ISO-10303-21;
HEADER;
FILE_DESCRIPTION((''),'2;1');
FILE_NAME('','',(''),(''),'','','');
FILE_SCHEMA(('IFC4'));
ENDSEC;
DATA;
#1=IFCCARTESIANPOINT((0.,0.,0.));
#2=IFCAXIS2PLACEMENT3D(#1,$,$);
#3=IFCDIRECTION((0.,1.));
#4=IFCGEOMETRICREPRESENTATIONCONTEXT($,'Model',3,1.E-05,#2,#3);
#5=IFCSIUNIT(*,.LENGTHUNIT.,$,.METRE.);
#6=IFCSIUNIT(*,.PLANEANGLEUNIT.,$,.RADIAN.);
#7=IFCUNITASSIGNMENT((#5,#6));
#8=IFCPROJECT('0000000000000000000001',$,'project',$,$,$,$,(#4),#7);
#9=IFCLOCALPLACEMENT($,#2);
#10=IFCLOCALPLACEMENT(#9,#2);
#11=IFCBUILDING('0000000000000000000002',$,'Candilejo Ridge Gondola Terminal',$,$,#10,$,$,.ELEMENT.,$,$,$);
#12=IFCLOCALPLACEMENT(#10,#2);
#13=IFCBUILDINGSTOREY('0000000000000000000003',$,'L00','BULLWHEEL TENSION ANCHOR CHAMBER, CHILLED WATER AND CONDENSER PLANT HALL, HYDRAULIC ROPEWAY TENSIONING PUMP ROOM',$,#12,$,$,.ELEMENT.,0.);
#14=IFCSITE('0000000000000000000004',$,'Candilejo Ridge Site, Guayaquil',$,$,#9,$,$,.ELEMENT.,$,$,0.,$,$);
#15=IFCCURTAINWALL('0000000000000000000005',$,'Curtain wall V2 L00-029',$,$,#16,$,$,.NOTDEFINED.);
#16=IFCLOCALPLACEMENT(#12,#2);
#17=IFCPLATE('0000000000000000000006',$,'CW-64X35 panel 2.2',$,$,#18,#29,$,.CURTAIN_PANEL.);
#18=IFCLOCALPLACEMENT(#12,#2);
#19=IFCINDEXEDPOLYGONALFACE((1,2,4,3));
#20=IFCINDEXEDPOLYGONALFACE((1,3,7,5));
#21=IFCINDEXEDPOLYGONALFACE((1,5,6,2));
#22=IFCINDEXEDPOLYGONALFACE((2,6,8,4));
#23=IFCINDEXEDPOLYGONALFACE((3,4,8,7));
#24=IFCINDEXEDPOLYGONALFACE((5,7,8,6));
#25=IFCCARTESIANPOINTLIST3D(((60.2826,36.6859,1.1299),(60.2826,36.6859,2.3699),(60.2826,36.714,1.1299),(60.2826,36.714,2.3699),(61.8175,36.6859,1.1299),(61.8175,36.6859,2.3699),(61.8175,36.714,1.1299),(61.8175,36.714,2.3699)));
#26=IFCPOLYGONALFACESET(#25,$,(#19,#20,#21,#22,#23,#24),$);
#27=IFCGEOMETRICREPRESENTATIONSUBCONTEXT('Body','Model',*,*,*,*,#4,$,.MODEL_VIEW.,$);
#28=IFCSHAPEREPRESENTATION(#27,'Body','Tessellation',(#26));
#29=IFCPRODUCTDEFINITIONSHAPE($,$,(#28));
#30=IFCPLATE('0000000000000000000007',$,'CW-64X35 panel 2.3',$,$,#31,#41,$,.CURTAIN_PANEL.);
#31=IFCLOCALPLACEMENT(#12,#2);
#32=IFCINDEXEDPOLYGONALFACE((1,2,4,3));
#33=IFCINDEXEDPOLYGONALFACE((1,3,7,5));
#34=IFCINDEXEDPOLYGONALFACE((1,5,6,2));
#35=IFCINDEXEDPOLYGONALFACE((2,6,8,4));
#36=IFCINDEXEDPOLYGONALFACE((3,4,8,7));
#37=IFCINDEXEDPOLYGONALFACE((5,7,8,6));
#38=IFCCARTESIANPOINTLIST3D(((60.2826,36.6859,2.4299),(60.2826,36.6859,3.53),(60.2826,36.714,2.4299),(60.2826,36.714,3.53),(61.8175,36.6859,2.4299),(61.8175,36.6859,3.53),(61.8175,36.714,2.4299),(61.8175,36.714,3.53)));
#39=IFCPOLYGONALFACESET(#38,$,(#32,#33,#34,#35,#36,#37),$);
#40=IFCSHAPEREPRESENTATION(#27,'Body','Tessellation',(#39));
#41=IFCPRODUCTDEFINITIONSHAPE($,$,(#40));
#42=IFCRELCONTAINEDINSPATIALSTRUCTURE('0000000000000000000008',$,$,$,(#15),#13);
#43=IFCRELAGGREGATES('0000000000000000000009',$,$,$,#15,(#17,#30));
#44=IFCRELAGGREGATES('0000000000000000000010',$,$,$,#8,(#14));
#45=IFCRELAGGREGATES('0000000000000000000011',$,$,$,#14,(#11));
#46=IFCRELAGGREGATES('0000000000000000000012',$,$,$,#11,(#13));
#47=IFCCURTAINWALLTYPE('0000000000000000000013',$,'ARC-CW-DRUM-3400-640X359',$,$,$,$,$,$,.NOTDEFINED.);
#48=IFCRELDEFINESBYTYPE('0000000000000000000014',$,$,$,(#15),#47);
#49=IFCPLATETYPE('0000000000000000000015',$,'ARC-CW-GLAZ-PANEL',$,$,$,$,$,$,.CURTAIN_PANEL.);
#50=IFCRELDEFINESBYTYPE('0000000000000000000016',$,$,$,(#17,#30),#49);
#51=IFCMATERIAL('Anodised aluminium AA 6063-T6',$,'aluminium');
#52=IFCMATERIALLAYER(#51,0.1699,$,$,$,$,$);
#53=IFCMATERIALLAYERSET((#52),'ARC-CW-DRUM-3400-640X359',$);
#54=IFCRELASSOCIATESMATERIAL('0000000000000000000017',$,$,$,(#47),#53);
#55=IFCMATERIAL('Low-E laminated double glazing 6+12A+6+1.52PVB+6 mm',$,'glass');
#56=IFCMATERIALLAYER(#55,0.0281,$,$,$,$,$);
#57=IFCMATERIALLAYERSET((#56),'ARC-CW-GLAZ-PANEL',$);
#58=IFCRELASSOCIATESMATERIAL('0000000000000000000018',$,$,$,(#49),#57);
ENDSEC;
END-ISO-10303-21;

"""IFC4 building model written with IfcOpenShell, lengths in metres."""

from ifc_helpers import new_model, si_unit, direction, frame, origin, origin_2d, place, context, subcontext, project, spatial, rectangle, extrude, material, layer, layer_set, type_object, element, aggregate, save


model = new_model("IFC4")

# Units and contexts
model_context = context("Model", 3, precision=1e-05, world=origin(), true_north=direction((0.0, 1.0)))
body_context = subcontext(model_context, "Body", "Model", "MODEL_VIEW")
ifc_project = project(units=[si_unit("LENGTHUNIT", "METRE"), si_unit("PLANEANGLEUNIT", "RADIAN")], contexts=[model_context])

# Site, building, storey
site_placement = place(None, origin())
site = spatial("IfcSite", under=ifc_project, at=site_placement, Name="Candilejo Ridge Site, Guayaquil", CompositionType="ELEMENT", RefElevation=0.0)
building_placement = place(site_placement, origin())
building = spatial("IfcBuilding", under=site, at=building_placement, Name="Candilejo Ridge Gondola Terminal", CompositionType="ELEMENT")
storey_placement = place(building_placement, origin())
storey = spatial("IfcBuildingStorey", under=building, at=storey_placement, Name="L00", Description="BULLWHEEL TENSION ANCHOR CHAMBER, CHILLED WATER AND CONDENSER PLANT HALL, HYDRAULIC ROPEWAY TENSIONING PUMP ROOM", CompositionType="ELEMENT", Elevation=0.0)

# Curtain wall
ifc_material_1 = material(Name="Anodised aluminium AA 6063-T6", Category="aluminium")
ifc_layer_1 = layer(ifc_material_1, 0.1699)
ifc_layer_set_1 = layer_set([ifc_layer_1], Name="ARC-CW-DRUM-3400-640X359")
curtain_wall_type_1 = type_object("IfcCurtainWallType", Name="ARC-CW-DRUM-3400-640X359", PredefinedType="NOTDEFINED", material=ifc_layer_set_1)
curtain_wall_1_placement = place(storey_placement, origin())
curtain_wall_1 = element("IfcCurtainWall", 1, at=curtain_wall_1_placement, inside=storey, type_object=curtain_wall_type_1, Name="Curtain wall V2 L00-029", PredefinedType="NOTDEFINED")

# Plates
ifc_material_2 = material(Name="Low-E laminated double glazing 6+12A+6+1.52PVB+6 mm", Category="glass")
ifc_layer_2 = layer(ifc_material_2, 0.0281)
ifc_layer_set_2 = layer_set([ifc_layer_2], Name="ARC-CW-GLAZ-PANEL")
plate_type = type_object("IfcPlateType", Name="ARC-CW-GLAZ-PANEL", PredefinedType="CURTAIN_PANEL", material=ifc_layer_set_2)
plate_1_placement = place(storey_placement, frame((61.05, 36.7, 1.1299), z_axis=(0.0, 0.0, 1.0), x_axis=(1.0, 0.0, 0.0)))
plate_1 = element("IfcPlate", 2, at=plate_1_placement, type_object=plate_type, Name="CW-64X35 panel 2.2", PredefinedType="CURTAIN_PANEL", context=body_context, shape_type="SweptSolid", body=[
    extrude(rectangle(XDim=1.5349, YDim=0.0281, at=origin_2d()), origin(), (0.0, 0.0, 1.0), 1.24),
])
plate_2_placement = place(storey_placement, frame((61.05, 36.7, 2.4299), z_axis=(0.0, 0.0, 1.0), x_axis=(1.0, 0.0, 0.0)))
plate_2 = element("IfcPlate", 3, at=plate_2_placement, type_object=plate_type, Name="CW-64X35 panel 2.3", PredefinedType="CURTAIN_PANEL", context=body_context, shape_type="SweptSolid", body=[
    extrude(rectangle(XDim=1.5349, YDim=0.0281, at=origin_2d()), origin(), (0.0, 0.0, 1.0), 1.1001),
])
aggregate(curtain_wall_1, [plate_1, plate_2])

save(model, "model.ifc")
